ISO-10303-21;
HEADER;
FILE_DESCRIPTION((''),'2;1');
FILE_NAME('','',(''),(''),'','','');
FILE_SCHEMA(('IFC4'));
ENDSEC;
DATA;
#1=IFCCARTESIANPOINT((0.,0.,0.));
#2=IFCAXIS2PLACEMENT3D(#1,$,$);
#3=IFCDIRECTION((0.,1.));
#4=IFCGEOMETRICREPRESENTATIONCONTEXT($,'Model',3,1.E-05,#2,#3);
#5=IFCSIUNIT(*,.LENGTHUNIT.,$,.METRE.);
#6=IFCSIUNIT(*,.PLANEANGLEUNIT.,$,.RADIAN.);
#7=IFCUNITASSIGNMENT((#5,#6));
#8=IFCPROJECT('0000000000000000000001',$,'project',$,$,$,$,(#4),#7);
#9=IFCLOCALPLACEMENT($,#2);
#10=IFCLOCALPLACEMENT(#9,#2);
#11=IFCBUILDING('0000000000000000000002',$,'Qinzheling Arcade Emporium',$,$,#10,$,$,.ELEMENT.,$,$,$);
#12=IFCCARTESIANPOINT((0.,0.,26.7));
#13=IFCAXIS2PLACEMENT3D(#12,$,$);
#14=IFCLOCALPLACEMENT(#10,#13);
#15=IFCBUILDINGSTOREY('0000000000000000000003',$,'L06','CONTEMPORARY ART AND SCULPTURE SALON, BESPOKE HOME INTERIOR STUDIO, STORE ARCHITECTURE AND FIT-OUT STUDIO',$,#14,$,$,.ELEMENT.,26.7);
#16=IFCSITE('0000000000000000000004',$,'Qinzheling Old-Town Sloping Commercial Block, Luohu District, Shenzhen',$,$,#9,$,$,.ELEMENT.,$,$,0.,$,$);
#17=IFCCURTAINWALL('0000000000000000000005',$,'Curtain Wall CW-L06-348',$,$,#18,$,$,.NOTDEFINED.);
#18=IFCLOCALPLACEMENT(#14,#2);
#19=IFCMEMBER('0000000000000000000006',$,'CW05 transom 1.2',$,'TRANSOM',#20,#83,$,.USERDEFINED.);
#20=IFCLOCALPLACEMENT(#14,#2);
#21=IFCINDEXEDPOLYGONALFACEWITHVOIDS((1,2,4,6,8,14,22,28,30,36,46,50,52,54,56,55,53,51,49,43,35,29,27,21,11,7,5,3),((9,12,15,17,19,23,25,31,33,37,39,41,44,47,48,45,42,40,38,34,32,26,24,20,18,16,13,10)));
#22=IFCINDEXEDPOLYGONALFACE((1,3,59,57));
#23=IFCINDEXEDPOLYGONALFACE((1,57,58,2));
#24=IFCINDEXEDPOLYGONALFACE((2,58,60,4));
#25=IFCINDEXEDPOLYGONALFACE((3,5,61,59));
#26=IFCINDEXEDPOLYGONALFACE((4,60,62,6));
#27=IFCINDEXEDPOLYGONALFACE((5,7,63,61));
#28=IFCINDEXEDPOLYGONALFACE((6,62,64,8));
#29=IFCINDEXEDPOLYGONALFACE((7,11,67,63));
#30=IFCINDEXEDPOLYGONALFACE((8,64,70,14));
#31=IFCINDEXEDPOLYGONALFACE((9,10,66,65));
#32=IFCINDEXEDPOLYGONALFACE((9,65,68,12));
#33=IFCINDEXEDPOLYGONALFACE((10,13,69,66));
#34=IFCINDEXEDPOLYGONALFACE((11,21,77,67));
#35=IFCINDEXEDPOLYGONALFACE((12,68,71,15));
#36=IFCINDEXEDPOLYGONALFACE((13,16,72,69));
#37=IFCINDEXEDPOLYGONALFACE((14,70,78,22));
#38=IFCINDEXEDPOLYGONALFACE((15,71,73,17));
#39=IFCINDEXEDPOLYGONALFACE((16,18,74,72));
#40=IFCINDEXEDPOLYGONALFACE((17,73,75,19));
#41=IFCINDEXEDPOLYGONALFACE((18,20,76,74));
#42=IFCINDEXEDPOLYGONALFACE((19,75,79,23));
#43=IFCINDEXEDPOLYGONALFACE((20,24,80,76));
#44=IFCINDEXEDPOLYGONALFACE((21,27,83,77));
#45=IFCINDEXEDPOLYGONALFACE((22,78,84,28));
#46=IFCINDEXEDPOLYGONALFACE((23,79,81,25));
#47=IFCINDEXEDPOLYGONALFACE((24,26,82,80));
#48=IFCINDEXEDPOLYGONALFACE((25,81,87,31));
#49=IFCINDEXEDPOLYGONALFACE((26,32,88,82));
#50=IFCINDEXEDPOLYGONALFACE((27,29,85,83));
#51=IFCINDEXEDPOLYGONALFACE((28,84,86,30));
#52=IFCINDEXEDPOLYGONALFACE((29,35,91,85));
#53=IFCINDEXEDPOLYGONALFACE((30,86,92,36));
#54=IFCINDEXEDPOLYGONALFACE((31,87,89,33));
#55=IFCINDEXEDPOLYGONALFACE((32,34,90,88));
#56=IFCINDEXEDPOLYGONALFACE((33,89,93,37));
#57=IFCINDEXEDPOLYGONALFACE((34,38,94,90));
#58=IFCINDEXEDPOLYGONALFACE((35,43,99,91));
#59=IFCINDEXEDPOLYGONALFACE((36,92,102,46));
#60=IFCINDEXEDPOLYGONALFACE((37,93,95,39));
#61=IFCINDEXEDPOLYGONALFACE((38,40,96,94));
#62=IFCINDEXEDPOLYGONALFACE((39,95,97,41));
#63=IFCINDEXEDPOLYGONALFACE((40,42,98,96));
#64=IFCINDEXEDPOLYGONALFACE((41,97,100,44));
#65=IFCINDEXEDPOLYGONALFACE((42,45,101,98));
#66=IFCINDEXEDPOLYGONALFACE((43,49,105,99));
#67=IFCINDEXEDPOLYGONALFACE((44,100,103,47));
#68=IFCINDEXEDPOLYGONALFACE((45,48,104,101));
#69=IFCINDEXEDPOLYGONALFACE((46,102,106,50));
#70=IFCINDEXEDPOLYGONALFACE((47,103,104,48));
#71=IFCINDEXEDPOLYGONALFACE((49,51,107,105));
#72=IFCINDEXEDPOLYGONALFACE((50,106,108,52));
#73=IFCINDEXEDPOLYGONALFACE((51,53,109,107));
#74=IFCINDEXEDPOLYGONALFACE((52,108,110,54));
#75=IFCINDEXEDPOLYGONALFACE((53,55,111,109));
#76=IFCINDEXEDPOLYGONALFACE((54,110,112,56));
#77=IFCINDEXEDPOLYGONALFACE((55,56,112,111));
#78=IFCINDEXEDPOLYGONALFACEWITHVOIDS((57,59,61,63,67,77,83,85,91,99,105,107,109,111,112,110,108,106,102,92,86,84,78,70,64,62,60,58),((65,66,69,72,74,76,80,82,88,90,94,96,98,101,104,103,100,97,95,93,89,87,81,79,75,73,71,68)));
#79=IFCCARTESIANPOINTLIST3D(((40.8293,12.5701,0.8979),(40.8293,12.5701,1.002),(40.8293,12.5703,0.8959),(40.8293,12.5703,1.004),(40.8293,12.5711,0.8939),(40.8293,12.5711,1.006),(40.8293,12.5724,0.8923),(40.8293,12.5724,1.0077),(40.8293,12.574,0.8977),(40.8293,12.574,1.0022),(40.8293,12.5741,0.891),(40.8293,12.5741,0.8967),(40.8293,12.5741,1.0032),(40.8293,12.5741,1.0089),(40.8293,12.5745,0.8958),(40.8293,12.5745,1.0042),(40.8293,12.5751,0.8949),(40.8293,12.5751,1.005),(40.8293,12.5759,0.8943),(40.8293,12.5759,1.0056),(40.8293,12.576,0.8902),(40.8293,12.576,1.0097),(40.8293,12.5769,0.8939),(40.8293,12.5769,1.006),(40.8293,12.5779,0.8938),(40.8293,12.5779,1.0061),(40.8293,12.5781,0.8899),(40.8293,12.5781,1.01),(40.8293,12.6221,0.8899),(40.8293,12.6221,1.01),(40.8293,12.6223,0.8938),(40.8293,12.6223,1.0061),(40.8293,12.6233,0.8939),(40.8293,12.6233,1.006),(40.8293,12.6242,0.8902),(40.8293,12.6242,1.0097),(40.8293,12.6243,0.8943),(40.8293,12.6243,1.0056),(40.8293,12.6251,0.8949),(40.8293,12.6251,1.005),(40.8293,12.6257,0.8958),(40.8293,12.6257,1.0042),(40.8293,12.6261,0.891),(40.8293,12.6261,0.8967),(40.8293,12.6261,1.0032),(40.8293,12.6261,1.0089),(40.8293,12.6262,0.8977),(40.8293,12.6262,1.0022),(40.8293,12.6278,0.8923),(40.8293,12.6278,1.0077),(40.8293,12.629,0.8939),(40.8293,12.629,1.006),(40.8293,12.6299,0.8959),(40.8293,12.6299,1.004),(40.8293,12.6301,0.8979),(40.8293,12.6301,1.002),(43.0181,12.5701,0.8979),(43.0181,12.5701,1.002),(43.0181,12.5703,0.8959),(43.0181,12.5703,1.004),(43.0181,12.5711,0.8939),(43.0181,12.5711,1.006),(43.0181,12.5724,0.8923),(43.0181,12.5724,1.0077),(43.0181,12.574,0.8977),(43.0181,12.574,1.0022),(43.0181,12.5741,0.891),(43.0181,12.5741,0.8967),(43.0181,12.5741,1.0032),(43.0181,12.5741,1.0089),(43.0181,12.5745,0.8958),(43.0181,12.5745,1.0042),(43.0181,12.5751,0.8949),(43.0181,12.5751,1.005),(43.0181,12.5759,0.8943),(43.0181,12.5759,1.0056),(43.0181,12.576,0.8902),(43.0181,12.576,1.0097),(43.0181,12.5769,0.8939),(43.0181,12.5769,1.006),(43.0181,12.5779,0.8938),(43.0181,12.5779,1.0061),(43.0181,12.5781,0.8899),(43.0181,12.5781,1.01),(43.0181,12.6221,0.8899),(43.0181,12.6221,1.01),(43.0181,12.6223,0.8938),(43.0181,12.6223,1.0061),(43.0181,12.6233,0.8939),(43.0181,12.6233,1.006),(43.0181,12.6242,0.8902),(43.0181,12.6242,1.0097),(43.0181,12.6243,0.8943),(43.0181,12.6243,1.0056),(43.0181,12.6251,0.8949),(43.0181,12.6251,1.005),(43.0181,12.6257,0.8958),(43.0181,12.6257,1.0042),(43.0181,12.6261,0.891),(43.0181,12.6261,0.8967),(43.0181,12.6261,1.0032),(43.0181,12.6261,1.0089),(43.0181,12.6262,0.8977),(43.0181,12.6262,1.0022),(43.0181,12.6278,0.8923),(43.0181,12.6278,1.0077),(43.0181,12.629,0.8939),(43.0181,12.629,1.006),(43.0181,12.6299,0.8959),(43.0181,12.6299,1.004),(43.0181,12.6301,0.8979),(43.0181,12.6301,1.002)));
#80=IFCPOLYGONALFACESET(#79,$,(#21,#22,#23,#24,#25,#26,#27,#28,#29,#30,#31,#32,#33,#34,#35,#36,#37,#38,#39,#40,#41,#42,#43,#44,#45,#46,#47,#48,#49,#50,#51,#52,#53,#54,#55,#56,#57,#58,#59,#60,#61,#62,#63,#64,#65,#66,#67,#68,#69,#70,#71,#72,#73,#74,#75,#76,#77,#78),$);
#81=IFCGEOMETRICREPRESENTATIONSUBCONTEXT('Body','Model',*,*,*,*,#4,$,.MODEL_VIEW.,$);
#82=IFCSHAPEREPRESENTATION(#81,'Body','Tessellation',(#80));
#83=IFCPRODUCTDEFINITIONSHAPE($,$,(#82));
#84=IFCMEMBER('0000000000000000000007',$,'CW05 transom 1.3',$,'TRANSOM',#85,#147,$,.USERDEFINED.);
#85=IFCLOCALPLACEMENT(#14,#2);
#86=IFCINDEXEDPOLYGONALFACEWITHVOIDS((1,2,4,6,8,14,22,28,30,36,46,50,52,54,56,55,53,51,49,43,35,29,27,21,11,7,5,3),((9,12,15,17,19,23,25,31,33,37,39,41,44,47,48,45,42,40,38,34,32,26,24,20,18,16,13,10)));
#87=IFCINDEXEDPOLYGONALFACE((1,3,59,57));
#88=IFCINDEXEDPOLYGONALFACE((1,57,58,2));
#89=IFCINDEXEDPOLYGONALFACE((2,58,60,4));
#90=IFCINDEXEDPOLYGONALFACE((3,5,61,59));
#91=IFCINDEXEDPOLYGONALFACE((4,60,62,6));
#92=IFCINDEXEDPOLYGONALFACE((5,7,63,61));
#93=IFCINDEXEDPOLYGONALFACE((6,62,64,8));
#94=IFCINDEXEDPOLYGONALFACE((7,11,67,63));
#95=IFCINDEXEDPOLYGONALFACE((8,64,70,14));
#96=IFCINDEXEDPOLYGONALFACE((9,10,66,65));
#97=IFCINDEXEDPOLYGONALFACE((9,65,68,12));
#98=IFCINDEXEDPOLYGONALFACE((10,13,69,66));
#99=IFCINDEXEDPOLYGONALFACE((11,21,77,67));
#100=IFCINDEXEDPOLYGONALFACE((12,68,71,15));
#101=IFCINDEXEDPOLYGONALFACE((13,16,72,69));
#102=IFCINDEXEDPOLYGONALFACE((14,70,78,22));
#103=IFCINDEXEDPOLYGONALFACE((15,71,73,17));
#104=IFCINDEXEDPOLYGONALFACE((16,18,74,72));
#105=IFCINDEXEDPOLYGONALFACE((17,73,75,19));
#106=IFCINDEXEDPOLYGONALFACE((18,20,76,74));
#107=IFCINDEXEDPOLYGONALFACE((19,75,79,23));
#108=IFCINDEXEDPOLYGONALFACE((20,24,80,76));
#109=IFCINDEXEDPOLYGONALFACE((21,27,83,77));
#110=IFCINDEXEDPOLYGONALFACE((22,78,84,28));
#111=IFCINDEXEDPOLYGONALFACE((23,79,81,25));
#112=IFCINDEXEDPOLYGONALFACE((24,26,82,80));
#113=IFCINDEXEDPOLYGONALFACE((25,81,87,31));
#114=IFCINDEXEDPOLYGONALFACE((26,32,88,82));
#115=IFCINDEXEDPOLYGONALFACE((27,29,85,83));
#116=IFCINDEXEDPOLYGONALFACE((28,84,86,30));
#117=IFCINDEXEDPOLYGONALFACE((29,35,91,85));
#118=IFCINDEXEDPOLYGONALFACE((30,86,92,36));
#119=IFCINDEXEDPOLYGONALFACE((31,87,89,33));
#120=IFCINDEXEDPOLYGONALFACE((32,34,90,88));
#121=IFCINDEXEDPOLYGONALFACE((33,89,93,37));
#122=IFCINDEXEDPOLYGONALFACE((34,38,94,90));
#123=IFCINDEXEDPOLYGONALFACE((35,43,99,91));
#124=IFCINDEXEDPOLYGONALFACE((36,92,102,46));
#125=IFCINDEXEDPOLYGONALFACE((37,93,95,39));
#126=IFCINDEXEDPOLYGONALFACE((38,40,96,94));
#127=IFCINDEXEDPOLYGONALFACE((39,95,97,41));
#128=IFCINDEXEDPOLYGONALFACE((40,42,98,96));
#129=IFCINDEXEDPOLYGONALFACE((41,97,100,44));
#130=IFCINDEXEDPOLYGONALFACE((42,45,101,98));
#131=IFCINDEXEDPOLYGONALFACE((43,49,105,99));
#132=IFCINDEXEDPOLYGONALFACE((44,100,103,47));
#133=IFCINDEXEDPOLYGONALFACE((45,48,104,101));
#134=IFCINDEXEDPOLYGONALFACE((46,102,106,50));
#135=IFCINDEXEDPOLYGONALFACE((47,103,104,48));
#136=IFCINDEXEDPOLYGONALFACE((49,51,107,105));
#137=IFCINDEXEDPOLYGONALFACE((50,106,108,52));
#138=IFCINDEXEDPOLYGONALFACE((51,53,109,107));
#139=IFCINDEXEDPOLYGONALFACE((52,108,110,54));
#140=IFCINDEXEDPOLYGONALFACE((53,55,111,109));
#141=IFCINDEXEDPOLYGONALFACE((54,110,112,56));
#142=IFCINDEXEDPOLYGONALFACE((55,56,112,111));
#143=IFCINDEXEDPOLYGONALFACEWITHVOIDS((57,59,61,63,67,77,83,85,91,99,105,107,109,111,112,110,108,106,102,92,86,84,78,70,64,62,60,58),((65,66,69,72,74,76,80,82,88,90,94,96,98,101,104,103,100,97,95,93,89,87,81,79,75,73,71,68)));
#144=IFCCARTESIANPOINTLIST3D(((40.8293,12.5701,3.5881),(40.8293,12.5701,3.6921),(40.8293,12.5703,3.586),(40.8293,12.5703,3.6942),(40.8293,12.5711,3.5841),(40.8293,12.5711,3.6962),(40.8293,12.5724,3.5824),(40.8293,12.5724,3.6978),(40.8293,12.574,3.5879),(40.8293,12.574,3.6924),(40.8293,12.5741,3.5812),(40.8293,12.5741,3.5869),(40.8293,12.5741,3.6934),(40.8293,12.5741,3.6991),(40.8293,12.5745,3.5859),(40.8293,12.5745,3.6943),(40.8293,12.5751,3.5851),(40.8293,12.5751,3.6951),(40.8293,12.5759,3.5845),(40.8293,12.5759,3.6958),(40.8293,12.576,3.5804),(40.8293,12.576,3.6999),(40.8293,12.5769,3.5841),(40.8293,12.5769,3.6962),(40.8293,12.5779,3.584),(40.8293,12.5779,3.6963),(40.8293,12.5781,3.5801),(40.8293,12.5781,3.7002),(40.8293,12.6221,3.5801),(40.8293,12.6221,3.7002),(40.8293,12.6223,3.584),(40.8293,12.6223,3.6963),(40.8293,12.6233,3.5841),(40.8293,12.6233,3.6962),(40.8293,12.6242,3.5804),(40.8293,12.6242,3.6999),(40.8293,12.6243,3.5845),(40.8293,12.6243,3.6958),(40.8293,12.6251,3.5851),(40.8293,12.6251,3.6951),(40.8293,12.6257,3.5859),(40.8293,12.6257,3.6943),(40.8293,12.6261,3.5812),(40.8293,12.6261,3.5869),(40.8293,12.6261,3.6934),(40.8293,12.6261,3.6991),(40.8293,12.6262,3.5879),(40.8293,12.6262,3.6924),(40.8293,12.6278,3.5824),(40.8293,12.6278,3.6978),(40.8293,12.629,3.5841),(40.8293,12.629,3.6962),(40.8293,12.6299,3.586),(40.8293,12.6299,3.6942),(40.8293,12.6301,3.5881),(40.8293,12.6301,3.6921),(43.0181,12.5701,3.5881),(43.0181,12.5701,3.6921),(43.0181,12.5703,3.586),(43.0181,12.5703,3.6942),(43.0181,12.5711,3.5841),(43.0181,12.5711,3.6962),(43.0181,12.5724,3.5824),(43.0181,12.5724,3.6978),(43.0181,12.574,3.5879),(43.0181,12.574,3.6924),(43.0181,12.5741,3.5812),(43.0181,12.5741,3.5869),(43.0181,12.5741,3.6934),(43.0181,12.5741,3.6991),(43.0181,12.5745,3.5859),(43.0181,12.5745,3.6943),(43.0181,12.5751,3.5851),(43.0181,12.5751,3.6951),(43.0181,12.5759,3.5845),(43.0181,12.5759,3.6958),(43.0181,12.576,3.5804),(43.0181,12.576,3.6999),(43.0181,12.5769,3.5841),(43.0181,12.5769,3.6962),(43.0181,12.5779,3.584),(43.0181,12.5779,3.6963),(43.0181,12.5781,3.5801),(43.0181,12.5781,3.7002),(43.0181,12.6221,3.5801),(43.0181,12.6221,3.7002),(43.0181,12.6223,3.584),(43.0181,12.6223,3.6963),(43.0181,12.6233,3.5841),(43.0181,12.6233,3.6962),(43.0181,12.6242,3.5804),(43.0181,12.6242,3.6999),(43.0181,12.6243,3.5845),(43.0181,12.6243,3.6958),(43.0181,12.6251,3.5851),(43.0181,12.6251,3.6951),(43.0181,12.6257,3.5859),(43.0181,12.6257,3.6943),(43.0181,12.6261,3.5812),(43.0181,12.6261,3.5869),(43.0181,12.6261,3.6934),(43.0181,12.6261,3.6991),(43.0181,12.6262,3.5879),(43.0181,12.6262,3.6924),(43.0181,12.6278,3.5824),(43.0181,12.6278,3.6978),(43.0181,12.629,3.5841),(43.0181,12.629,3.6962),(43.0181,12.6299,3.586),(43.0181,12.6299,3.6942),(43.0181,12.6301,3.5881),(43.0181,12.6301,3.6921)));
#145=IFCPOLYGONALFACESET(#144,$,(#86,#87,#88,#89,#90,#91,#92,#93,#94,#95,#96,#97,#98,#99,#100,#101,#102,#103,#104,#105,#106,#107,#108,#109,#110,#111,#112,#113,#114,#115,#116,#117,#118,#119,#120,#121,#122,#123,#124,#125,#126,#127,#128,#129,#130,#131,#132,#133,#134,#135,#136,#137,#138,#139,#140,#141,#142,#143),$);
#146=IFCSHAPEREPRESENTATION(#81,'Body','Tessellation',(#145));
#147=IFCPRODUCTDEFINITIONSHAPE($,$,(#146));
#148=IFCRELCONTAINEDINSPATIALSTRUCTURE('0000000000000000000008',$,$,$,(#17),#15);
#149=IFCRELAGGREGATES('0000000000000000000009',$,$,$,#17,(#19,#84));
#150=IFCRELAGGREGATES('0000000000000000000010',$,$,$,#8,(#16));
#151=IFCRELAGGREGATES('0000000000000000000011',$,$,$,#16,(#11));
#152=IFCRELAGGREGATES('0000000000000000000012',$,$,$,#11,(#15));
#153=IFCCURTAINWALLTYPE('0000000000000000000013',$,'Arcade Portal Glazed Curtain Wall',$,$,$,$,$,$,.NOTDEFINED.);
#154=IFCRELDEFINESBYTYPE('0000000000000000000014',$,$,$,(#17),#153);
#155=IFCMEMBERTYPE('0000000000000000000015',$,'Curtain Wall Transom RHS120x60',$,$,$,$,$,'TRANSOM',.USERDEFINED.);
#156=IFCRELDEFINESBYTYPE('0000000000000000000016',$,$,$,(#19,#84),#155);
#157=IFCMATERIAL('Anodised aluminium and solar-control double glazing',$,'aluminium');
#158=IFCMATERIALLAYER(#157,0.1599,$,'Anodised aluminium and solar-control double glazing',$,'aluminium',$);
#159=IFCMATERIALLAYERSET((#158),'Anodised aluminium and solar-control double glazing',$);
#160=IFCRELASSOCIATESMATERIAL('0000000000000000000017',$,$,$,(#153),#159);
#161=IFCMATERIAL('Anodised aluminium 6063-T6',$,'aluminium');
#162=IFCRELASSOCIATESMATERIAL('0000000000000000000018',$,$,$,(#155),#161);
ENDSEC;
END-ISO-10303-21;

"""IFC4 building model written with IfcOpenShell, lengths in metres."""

from ifc_helpers import new_model, si_unit, direction, frame, origin, origin_2d, place, context, subcontext, project, spatial, hollow_rectangle, extrude, material, layer, layer_set, material_profile, profile_set, type_object, element, aggregate, save


model = new_model("IFC4")

# Units and contexts
model_context = context("Model", 3, precision=1e-05, world=origin(), true_north=direction((0.0, 1.0)))
body_context = subcontext(model_context, "Body", "Model", "MODEL_VIEW")
ifc_project = project(units=[si_unit("LENGTHUNIT", "METRE"), si_unit("PLANEANGLEUNIT", "RADIAN")], contexts=[model_context])

# Site, building, storey
site_placement = place(None, origin())
site = spatial("IfcSite", under=ifc_project, at=site_placement, Name="Qinzheling Old-Town Sloping Commercial Block, Luohu District, Shenzhen", CompositionType="ELEMENT", RefElevation=0.0)
building_placement = place(site_placement, origin())
building = spatial("IfcBuilding", under=site, at=building_placement, Name="Qinzheling Arcade Emporium", CompositionType="ELEMENT")
storey_placement = place(building_placement, frame((0.0, 0.0, 26.7)))
storey = spatial("IfcBuildingStorey", under=building, at=storey_placement, Name="L06", Description="CONTEMPORARY ART AND SCULPTURE SALON, BESPOKE HOME INTERIOR STUDIO, STORE ARCHITECTURE AND FIT-OUT STUDIO", CompositionType="ELEMENT", Elevation=26.7)

# Shared definitions
ifc_material_1 = material(Name="Anodised aluminium and solar-control double glazing", Category="aluminium")
ifc_layer_1 = layer(ifc_material_1, 0.1599, Name="Anodised aluminium and solar-control double glazing", Category="aluminium")
ifc_layer_set_1 = layer_set([ifc_layer_1], Name="Anodised aluminium and solar-control double glazing")
curtain_wall_type = type_object("IfcCurtainWallType", Name="Arcade Portal Glazed Curtain Wall", PredefinedType="NOTDEFINED", material=ifc_layer_set_1)
ifc_material_2 = material(Name="Anodised aluminium 6063-T6", Category="aluminium")

# Curtain wall, members
curtain_wall_1_placement = place(storey_placement, origin())
curtain_wall_1 = element("IfcCurtainWall", 1, at=curtain_wall_1_placement, inside=storey, type_object=curtain_wall_type, Name="Curtain Wall CW-L06-348", PredefinedType="NOTDEFINED")
ifc_material_profile_1 = material_profile(ifc_material_2, hollow_rectangle(XDim=0.0601, YDim=0.1201, WallThickness=0.0039, InnerFilletRadius=0.0039, OuterFilletRadius=0.0081, at=origin_2d()), Name="RHS 120x60x4", Category="aluminium")
ifc_profile_set_1 = profile_set([ifc_material_profile_1], Name="Anodised aluminium 6063-T6")
member_type_1 = type_object("IfcMemberType", Name="Curtain Wall Transom RHS120x60", ElementType="TRANSOM", PredefinedType="USERDEFINED", material=ifc_profile_set_1)
member_1_placement = place(storey_placement, frame((43.0181, 12.6001, 0.95), z_axis=(-1.0, 0.0, 0.0), x_axis=(0.0, -1.0, 0.0)))
member_1 = element("IfcMember", 2, at=member_1_placement, type_object=member_type_1, Name="CW05 transom 1.2", ObjectType="TRANSOM", PredefinedType="USERDEFINED", context=body_context, shape_type="SweptSolid", body=[
    extrude(hollow_rectangle(XDim=0.0601, YDim=0.1201, WallThickness=0.0039, InnerFilletRadius=0.0039, OuterFilletRadius=0.0081, at=origin_2d()), origin(), (0.0, 0.0, 1.0), 2.1887),
])
member_2_placement = place(storey_placement, frame((43.0181, 12.6001, 3.6401), z_axis=(-1.0, 0.0, 0.0), x_axis=(0.0, -1.0, 0.0)))
member_2 = element("IfcMember", 3, at=member_2_placement, type_object=member_type_1, Name="CW05 transom 1.3", ObjectType="TRANSOM", PredefinedType="USERDEFINED", context=body_context, shape_type="SweptSolid", body=[
    extrude(hollow_rectangle(XDim=0.0601, YDim=0.1201, WallThickness=0.0039, InnerFilletRadius=0.0039, OuterFilletRadius=0.0081, at=origin_2d()), origin(), (0.0, 0.0, 1.0), 2.1887),
])

aggregate(curtain_wall_1, [member_1, member_2])

save(model, "model.ifc")
